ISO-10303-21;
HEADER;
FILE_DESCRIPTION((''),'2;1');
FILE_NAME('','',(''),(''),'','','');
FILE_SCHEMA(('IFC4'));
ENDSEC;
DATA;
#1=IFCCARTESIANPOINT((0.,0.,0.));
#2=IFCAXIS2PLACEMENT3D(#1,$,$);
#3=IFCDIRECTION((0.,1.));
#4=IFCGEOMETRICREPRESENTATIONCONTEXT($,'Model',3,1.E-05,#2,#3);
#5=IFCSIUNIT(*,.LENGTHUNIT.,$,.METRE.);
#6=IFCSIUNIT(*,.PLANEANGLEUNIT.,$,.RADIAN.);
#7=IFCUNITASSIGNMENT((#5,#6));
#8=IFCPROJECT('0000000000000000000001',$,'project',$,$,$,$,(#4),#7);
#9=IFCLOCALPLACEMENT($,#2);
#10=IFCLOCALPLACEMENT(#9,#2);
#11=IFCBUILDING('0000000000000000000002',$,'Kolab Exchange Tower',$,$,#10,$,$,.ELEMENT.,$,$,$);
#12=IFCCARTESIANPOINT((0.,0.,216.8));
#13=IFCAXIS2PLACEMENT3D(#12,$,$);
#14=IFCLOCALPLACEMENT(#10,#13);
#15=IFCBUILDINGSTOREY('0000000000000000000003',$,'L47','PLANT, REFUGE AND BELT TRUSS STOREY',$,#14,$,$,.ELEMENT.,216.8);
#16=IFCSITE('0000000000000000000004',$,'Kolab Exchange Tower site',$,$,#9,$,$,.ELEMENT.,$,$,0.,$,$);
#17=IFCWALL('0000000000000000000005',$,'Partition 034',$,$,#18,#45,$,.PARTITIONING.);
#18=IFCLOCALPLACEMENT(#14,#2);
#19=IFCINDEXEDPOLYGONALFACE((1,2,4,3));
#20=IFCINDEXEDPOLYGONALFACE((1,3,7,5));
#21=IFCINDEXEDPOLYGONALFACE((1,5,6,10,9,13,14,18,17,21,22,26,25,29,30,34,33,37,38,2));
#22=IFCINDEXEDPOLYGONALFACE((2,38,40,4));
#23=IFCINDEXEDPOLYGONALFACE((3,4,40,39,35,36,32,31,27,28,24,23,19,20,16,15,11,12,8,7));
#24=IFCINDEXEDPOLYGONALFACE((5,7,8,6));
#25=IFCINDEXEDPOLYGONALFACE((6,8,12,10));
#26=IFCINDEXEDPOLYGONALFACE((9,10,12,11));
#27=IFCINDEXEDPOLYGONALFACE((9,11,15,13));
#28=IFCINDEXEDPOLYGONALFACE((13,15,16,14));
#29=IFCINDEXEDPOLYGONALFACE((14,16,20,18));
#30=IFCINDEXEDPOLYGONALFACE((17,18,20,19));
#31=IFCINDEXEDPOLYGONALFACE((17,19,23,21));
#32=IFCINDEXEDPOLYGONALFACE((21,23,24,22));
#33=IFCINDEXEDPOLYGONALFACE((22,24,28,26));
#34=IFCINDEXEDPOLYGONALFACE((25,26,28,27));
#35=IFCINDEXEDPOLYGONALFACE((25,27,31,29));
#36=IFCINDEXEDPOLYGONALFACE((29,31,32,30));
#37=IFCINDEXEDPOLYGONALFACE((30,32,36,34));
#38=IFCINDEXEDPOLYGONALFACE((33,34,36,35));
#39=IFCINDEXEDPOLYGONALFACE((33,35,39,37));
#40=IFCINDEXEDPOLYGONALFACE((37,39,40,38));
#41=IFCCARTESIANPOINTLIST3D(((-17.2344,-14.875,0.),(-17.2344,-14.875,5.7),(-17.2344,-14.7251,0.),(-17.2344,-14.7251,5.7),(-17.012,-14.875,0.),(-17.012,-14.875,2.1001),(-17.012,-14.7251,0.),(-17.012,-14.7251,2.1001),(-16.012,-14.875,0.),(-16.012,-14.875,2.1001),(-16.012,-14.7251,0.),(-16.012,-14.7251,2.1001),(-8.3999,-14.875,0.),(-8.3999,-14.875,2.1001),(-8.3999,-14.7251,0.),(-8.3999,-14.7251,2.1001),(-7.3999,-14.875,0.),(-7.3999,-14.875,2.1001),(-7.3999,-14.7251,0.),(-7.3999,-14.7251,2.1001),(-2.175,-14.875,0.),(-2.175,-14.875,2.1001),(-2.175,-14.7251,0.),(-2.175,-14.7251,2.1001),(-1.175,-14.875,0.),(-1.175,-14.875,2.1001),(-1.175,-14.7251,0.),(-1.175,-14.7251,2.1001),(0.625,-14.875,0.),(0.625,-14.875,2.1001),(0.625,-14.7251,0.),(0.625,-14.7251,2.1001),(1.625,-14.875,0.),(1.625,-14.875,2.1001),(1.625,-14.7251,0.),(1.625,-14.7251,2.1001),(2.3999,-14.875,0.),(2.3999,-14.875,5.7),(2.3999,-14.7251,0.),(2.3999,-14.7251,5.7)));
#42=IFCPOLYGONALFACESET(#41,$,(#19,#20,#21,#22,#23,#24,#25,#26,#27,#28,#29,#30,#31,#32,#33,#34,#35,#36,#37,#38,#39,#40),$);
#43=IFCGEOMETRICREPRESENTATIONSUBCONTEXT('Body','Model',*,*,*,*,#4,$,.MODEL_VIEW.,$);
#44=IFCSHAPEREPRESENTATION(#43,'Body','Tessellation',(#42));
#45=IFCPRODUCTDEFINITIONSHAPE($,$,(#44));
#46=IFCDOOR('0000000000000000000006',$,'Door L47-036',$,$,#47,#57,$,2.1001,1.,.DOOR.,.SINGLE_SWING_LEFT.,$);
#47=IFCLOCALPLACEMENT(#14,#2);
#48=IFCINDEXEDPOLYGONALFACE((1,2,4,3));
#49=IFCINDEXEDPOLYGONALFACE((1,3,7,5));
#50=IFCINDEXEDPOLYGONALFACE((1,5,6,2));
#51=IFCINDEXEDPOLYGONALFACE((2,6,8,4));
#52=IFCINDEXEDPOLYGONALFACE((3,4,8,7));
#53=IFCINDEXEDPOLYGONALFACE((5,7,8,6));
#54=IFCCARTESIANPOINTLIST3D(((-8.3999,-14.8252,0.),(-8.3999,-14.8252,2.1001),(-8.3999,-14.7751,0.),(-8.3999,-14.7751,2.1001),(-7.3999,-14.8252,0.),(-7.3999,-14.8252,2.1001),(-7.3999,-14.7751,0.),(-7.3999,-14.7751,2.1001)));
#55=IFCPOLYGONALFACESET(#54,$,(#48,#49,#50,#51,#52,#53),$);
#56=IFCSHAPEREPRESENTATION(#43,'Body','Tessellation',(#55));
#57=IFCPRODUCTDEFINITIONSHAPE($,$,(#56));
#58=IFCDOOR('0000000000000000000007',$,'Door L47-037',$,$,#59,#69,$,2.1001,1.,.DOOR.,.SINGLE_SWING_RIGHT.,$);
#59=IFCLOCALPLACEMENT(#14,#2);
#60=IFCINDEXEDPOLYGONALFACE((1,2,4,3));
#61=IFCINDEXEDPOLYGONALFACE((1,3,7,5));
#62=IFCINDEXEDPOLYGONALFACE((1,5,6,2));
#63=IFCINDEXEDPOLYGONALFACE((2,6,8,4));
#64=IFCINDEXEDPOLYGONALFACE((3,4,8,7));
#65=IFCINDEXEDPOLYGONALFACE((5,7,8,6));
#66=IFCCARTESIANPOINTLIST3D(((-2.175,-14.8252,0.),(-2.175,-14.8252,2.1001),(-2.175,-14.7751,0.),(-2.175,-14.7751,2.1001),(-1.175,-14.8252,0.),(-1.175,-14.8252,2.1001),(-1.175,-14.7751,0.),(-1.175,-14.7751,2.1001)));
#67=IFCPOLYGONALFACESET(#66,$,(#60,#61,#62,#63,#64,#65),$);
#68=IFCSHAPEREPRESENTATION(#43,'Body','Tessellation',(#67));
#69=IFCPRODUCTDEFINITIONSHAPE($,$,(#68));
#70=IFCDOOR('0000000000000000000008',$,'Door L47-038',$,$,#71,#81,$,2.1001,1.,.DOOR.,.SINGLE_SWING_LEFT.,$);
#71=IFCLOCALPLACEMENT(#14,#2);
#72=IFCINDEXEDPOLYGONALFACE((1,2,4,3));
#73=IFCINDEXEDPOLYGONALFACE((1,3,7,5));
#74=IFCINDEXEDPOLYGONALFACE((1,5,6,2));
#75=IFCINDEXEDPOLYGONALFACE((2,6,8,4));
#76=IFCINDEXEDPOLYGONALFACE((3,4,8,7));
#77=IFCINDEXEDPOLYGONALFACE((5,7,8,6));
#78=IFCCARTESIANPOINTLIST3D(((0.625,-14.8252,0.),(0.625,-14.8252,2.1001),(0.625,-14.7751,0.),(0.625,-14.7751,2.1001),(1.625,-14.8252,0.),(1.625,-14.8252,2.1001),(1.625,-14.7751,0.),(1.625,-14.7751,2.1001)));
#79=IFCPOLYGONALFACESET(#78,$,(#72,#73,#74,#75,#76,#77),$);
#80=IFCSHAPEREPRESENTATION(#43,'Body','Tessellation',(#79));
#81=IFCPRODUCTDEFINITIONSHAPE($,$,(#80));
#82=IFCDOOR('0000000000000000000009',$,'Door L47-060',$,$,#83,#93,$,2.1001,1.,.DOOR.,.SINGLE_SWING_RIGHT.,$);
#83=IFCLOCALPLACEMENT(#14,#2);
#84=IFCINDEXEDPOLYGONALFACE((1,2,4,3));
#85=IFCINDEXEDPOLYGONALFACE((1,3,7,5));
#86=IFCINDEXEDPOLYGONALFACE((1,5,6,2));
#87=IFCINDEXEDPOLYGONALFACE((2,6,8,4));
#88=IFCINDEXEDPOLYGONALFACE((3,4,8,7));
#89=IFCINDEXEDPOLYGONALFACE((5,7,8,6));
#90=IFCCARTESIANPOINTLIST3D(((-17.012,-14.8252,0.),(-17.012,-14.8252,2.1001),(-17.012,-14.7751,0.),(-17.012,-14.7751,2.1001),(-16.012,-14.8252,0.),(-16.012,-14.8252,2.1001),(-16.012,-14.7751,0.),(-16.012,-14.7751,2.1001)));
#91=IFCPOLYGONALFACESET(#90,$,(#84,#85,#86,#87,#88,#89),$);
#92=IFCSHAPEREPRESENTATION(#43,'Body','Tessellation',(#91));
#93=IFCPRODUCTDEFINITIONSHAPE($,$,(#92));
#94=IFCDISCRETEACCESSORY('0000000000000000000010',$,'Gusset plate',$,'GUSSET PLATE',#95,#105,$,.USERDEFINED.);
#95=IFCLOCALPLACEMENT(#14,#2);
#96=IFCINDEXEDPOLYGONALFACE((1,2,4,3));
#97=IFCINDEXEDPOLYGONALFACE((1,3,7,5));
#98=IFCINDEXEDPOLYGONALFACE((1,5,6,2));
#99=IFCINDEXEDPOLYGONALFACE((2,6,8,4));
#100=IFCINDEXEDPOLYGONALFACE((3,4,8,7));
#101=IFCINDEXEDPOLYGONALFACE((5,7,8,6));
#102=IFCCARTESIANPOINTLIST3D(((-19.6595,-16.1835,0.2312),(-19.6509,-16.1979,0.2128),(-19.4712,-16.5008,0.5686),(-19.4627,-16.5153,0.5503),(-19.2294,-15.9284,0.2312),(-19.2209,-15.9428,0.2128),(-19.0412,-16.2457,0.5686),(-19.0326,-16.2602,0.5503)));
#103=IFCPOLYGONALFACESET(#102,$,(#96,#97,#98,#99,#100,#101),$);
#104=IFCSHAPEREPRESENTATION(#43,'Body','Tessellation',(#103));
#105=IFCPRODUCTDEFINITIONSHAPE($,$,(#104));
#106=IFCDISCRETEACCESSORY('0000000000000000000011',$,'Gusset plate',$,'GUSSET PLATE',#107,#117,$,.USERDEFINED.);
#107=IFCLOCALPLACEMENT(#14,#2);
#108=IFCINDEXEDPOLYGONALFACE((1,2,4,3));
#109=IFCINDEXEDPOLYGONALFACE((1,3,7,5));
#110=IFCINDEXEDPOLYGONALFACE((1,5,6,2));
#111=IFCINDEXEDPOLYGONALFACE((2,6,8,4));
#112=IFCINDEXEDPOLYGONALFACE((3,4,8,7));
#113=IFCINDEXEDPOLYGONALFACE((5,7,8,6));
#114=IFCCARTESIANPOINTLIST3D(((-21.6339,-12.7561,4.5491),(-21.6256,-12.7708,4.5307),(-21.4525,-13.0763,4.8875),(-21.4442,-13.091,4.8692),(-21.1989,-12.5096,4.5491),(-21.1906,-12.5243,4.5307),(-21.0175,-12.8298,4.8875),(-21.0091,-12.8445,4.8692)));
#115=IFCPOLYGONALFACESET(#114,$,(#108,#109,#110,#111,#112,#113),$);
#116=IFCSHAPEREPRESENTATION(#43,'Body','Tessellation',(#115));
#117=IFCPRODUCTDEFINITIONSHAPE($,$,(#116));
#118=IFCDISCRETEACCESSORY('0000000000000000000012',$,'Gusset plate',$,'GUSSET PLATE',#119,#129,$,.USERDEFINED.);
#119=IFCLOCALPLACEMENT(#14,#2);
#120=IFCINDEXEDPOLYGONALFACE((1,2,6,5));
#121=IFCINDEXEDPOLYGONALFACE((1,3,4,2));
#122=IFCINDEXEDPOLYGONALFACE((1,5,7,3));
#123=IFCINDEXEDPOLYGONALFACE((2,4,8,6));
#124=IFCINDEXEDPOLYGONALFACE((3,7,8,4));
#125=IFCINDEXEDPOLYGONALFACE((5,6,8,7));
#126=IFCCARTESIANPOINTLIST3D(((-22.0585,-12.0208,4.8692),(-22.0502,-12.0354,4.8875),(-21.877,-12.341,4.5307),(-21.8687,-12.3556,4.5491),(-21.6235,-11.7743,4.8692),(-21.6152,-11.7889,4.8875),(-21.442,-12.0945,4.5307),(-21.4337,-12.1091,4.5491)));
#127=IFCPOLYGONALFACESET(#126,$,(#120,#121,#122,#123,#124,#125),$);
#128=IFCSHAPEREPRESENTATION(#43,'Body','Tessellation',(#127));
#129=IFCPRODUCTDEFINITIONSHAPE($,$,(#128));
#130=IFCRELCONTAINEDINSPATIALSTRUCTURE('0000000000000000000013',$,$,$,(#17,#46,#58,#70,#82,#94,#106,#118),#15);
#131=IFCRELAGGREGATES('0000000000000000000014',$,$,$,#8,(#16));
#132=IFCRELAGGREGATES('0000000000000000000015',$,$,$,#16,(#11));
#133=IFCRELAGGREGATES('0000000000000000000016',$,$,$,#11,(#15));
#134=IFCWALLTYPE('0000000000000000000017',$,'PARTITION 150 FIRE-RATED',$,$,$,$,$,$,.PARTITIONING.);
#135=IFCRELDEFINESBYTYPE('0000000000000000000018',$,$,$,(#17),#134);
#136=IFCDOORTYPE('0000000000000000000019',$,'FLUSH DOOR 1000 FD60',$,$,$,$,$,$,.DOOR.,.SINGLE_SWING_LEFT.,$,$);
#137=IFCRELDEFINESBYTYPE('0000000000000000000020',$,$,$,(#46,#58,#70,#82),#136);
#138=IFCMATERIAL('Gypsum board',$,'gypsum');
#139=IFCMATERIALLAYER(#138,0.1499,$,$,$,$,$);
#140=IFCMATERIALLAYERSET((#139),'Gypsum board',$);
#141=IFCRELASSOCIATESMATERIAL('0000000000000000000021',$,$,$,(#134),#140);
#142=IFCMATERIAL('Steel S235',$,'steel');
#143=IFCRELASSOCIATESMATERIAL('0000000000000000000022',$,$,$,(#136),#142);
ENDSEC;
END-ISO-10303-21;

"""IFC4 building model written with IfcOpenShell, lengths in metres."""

from ifc_helpers import new_model, si_unit, direction, frame, frame_2d, origin, origin_2d, place, context, subcontext, project, spatial, rectangle, extrude, material, layer, layer_set, type_object, element, fill, save


model = new_model("IFC4")

# Units and contexts
model_context = context("Model", 3, precision=1e-05, world=origin(), true_north=direction((0.0, 1.0)))
body_context = subcontext(model_context, "Body", "Model", "MODEL_VIEW")
ifc_project = project(units=[si_unit("LENGTHUNIT", "METRE"), si_unit("PLANEANGLEUNIT", "RADIAN")], contexts=[model_context])

# Site, building, storey
site_placement = place(None, origin())
site = spatial("IfcSite", under=ifc_project, at=site_placement, Name="Kolab Exchange Tower site", CompositionType="ELEMENT", RefElevation=0.0)
building_placement = place(site_placement, origin())
building = spatial("IfcBuilding", under=site, at=building_placement, Name="Kolab Exchange Tower", CompositionType="ELEMENT")
storey_placement = place(building_placement, frame((0.0, 0.0, 216.8)))
storey = spatial("IfcBuildingStorey", under=building, at=storey_placement, Name="L47", Description="PLANT, REFUGE AND BELT TRUSS STOREY", CompositionType="ELEMENT", Elevation=216.8)

# Shared definitions
ifc_material_1 = material(Name="Gypsum board", Category="gypsum")
ifc_layer_1 = layer(ifc_material_1, 0.1499)
ifc_layer_set_1 = layer_set([ifc_layer_1], Name="Gypsum board")
wall_type_1 = type_object("IfcWallType", Name="PARTITION 150 FIRE-RATED", PredefinedType="PARTITIONING", material=ifc_layer_set_1)

# Wall, openings, doors
wall_1_placement = place(storey_placement, frame((-17.2344, -14.8, 0.0), z_axis=(0.0, 0.0, 1.0), x_axis=(1.0, 0.0, 0.0)))
wall_1 = element("IfcWall", 1, at=wall_1_placement, inside=storey, type_object=wall_type_1, Name="Partition 034", PredefinedType="PARTITIONING", context=body_context, shape_type="SweptSolid", body=[
    extrude(rectangle(XDim=19.6343, YDim=0.1499, at=frame_2d((9.8171, 0.0))), origin(), (0.0, 0.0, 1.0), 5.7),
])
opening_1_placement = place(wall_1_placement, frame((8.8345, 0.0, 0.0)))
opening_1 = element("IfcOpeningElement", 2, at=opening_1_placement, cuts=wall_1, PredefinedType="OPENING", context=body_context, shape_type="SweptSolid", body=[
    extrude(rectangle(XDim=1.0, YDim=2.1001, at=frame_2d((0.5, 1.05))), frame((0.0, 0.085, 0.0), z_axis=(0.0, -1.0, 0.0), x_axis=(1.0, 0.0, 0.0)), (0.0, 0.0, 1.0), 0.1699),
])
opening_2_placement = place(wall_1_placement, frame((15.0593, 0.0, 0.0)))
opening_2 = element("IfcOpeningElement", 3, at=opening_2_placement, cuts=wall_1, PredefinedType="OPENING", context=body_context, shape_type="SweptSolid", body=[
    extrude(rectangle(XDim=1.0, YDim=2.1001, at=frame_2d((0.5, 1.05))), frame((0.0, 0.085, 0.0), z_axis=(0.0, -1.0, 0.0), x_axis=(1.0, 0.0, 0.0)), (0.0, 0.0, 1.0), 0.1699),
])
opening_3_placement = place(wall_1_placement, frame((17.8594, 0.0, 0.0)))
opening_3 = element("IfcOpeningElement", 4, at=opening_3_placement, cuts=wall_1, PredefinedType="OPENING", context=body_context, shape_type="SweptSolid", body=[
    extrude(rectangle(XDim=1.0, YDim=2.1001, at=frame_2d((0.5, 1.05))), frame((0.0, 0.085, 0.0), z_axis=(0.0, -1.0, 0.0), x_axis=(1.0, 0.0, 0.0)), (0.0, 0.0, 1.0), 0.1699),
])
opening_4_placement = place(wall_1_placement, frame((0.2224, 0.0, 0.0)))
opening_4 = element("IfcOpeningElement", 5, at=opening_4_placement, cuts=wall_1, PredefinedType="OPENING", context=body_context, shape_type="SweptSolid", body=[
    extrude(rectangle(XDim=1.0, YDim=2.1001, at=frame_2d((0.5, 1.05))), frame((0.0, 0.085, 0.0), z_axis=(0.0, -1.0, 0.0), x_axis=(1.0, 0.0, 0.0)), (0.0, 0.0, 1.0), 0.1699),
])
ifc_material_2 = material(Name="Steel S235", Category="steel")
door_type_1 = type_object("IfcDoorType", Name="FLUSH DOOR 1000 FD60", OperationType="SINGLE_SWING_LEFT", PredefinedType="DOOR", material=ifc_material_2)
door_1_placement = place(opening_1_placement, origin())
door_1 = element("IfcDoor", 6, at=door_1_placement, inside=storey, type_object=door_type_1, Name="Door L47-036", OperationType="SINGLE_SWING_LEFT", OverallHeight=2.1001, OverallWidth=1.0, PredefinedType="DOOR", context=body_context, shape_type="SweptSolid", body=[
    extrude(rectangle(XDim=1.0, YDim=2.1001, at=frame_2d((0.5, 1.05))), frame((0.0, 0.0249, 0.0), z_axis=(0.0, -1.0, 0.0), x_axis=(1.0, 0.0, 0.0)), (0.0, 0.0, 1.0), 0.05),
])
fill(opening_1, door_1)
door_2_placement = place(opening_2_placement, origin())
door_2 = element("IfcDoor", 7, at=door_2_placement, inside=storey, type_object=door_type_1, Name="Door L47-037", OperationType="SINGLE_SWING_RIGHT", OverallHeight=2.1001, OverallWidth=1.0, PredefinedType="DOOR", context=body_context, shape_type="SweptSolid", body=[
    extrude(rectangle(XDim=1.0, YDim=2.1001, at=frame_2d((0.5, 1.05))), frame((0.0, 0.0249, 0.0), z_axis=(0.0, -1.0, 0.0), x_axis=(1.0, 0.0, 0.0)), (0.0, 0.0, 1.0), 0.05),
])
fill(opening_2, door_2)
door_3_placement = place(opening_3_placement, origin())
door_3 = element("IfcDoor", 8, at=door_3_placement, inside=storey, type_object=door_type_1, Name="Door L47-038", OperationType="SINGLE_SWING_LEFT", OverallHeight=2.1001, OverallWidth=1.0, PredefinedType="DOOR", context=body_context, shape_type="SweptSolid", body=[
    extrude(rectangle(XDim=1.0, YDim=2.1001, at=frame_2d((0.5, 1.05))), frame((0.0, 0.0249, 0.0), z_axis=(0.0, -1.0, 0.0), x_axis=(1.0, 0.0, 0.0)), (0.0, 0.0, 1.0), 0.05),
])
fill(opening_3, door_3)
door_4_placement = place(opening_4_placement, origin())
door_4 = element("IfcDoor", 9, at=door_4_placement, inside=storey, type_object=door_type_1, Name="Door L47-060", OperationType="SINGLE_SWING_RIGHT", OverallHeight=2.1001, OverallWidth=1.0, PredefinedType="DOOR", context=body_context, shape_type="SweptSolid", body=[
    extrude(rectangle(XDim=1.0, YDim=2.1001, at=frame_2d((0.5, 1.05))), frame((0.0, 0.0249, 0.0), z_axis=(0.0, -1.0, 0.0), x_axis=(1.0, 0.0, 0.0)), (0.0, 0.0, 1.0), 0.05),
])
fill(opening_4, door_4)

# Discrete accessories
for number, where, z_axis, x_axis, name in (
    (10, (-19.3503, -16.2146, 0.3999), (0.344347, -0.580471, -0.737887), (0.860055, 0.510202, 0.0), "Gusset plate"),
    (11, (-21.3174, -12.8076, 4.7), (-0.333702, 0.588887, 0.736108), (-0.870022, -0.493013, 0.0), "Gusset plate"),
    (12, (-21.7502, -12.0576, 4.7), (0.333702, -0.588887, 0.736108), (0.870022, 0.493013, 0.0), "Gusset plate"),
):
    element("IfcDiscreteAccessory", number, at=place(storey_placement, frame(where, z_axis=z_axis, x_axis=x_axis)), inside=storey, Name=name, ObjectType="GUSSET PLATE", PredefinedType="USERDEFINED", context=body_context, shape_type="SweptSolid", body=[
        extrude(rectangle(XDim=0.5, YDim=0.5, at=origin_2d()), origin(), (0.0, 0.0, 1.0), 0.0249),
    ])

save(model, "model.ifc")
